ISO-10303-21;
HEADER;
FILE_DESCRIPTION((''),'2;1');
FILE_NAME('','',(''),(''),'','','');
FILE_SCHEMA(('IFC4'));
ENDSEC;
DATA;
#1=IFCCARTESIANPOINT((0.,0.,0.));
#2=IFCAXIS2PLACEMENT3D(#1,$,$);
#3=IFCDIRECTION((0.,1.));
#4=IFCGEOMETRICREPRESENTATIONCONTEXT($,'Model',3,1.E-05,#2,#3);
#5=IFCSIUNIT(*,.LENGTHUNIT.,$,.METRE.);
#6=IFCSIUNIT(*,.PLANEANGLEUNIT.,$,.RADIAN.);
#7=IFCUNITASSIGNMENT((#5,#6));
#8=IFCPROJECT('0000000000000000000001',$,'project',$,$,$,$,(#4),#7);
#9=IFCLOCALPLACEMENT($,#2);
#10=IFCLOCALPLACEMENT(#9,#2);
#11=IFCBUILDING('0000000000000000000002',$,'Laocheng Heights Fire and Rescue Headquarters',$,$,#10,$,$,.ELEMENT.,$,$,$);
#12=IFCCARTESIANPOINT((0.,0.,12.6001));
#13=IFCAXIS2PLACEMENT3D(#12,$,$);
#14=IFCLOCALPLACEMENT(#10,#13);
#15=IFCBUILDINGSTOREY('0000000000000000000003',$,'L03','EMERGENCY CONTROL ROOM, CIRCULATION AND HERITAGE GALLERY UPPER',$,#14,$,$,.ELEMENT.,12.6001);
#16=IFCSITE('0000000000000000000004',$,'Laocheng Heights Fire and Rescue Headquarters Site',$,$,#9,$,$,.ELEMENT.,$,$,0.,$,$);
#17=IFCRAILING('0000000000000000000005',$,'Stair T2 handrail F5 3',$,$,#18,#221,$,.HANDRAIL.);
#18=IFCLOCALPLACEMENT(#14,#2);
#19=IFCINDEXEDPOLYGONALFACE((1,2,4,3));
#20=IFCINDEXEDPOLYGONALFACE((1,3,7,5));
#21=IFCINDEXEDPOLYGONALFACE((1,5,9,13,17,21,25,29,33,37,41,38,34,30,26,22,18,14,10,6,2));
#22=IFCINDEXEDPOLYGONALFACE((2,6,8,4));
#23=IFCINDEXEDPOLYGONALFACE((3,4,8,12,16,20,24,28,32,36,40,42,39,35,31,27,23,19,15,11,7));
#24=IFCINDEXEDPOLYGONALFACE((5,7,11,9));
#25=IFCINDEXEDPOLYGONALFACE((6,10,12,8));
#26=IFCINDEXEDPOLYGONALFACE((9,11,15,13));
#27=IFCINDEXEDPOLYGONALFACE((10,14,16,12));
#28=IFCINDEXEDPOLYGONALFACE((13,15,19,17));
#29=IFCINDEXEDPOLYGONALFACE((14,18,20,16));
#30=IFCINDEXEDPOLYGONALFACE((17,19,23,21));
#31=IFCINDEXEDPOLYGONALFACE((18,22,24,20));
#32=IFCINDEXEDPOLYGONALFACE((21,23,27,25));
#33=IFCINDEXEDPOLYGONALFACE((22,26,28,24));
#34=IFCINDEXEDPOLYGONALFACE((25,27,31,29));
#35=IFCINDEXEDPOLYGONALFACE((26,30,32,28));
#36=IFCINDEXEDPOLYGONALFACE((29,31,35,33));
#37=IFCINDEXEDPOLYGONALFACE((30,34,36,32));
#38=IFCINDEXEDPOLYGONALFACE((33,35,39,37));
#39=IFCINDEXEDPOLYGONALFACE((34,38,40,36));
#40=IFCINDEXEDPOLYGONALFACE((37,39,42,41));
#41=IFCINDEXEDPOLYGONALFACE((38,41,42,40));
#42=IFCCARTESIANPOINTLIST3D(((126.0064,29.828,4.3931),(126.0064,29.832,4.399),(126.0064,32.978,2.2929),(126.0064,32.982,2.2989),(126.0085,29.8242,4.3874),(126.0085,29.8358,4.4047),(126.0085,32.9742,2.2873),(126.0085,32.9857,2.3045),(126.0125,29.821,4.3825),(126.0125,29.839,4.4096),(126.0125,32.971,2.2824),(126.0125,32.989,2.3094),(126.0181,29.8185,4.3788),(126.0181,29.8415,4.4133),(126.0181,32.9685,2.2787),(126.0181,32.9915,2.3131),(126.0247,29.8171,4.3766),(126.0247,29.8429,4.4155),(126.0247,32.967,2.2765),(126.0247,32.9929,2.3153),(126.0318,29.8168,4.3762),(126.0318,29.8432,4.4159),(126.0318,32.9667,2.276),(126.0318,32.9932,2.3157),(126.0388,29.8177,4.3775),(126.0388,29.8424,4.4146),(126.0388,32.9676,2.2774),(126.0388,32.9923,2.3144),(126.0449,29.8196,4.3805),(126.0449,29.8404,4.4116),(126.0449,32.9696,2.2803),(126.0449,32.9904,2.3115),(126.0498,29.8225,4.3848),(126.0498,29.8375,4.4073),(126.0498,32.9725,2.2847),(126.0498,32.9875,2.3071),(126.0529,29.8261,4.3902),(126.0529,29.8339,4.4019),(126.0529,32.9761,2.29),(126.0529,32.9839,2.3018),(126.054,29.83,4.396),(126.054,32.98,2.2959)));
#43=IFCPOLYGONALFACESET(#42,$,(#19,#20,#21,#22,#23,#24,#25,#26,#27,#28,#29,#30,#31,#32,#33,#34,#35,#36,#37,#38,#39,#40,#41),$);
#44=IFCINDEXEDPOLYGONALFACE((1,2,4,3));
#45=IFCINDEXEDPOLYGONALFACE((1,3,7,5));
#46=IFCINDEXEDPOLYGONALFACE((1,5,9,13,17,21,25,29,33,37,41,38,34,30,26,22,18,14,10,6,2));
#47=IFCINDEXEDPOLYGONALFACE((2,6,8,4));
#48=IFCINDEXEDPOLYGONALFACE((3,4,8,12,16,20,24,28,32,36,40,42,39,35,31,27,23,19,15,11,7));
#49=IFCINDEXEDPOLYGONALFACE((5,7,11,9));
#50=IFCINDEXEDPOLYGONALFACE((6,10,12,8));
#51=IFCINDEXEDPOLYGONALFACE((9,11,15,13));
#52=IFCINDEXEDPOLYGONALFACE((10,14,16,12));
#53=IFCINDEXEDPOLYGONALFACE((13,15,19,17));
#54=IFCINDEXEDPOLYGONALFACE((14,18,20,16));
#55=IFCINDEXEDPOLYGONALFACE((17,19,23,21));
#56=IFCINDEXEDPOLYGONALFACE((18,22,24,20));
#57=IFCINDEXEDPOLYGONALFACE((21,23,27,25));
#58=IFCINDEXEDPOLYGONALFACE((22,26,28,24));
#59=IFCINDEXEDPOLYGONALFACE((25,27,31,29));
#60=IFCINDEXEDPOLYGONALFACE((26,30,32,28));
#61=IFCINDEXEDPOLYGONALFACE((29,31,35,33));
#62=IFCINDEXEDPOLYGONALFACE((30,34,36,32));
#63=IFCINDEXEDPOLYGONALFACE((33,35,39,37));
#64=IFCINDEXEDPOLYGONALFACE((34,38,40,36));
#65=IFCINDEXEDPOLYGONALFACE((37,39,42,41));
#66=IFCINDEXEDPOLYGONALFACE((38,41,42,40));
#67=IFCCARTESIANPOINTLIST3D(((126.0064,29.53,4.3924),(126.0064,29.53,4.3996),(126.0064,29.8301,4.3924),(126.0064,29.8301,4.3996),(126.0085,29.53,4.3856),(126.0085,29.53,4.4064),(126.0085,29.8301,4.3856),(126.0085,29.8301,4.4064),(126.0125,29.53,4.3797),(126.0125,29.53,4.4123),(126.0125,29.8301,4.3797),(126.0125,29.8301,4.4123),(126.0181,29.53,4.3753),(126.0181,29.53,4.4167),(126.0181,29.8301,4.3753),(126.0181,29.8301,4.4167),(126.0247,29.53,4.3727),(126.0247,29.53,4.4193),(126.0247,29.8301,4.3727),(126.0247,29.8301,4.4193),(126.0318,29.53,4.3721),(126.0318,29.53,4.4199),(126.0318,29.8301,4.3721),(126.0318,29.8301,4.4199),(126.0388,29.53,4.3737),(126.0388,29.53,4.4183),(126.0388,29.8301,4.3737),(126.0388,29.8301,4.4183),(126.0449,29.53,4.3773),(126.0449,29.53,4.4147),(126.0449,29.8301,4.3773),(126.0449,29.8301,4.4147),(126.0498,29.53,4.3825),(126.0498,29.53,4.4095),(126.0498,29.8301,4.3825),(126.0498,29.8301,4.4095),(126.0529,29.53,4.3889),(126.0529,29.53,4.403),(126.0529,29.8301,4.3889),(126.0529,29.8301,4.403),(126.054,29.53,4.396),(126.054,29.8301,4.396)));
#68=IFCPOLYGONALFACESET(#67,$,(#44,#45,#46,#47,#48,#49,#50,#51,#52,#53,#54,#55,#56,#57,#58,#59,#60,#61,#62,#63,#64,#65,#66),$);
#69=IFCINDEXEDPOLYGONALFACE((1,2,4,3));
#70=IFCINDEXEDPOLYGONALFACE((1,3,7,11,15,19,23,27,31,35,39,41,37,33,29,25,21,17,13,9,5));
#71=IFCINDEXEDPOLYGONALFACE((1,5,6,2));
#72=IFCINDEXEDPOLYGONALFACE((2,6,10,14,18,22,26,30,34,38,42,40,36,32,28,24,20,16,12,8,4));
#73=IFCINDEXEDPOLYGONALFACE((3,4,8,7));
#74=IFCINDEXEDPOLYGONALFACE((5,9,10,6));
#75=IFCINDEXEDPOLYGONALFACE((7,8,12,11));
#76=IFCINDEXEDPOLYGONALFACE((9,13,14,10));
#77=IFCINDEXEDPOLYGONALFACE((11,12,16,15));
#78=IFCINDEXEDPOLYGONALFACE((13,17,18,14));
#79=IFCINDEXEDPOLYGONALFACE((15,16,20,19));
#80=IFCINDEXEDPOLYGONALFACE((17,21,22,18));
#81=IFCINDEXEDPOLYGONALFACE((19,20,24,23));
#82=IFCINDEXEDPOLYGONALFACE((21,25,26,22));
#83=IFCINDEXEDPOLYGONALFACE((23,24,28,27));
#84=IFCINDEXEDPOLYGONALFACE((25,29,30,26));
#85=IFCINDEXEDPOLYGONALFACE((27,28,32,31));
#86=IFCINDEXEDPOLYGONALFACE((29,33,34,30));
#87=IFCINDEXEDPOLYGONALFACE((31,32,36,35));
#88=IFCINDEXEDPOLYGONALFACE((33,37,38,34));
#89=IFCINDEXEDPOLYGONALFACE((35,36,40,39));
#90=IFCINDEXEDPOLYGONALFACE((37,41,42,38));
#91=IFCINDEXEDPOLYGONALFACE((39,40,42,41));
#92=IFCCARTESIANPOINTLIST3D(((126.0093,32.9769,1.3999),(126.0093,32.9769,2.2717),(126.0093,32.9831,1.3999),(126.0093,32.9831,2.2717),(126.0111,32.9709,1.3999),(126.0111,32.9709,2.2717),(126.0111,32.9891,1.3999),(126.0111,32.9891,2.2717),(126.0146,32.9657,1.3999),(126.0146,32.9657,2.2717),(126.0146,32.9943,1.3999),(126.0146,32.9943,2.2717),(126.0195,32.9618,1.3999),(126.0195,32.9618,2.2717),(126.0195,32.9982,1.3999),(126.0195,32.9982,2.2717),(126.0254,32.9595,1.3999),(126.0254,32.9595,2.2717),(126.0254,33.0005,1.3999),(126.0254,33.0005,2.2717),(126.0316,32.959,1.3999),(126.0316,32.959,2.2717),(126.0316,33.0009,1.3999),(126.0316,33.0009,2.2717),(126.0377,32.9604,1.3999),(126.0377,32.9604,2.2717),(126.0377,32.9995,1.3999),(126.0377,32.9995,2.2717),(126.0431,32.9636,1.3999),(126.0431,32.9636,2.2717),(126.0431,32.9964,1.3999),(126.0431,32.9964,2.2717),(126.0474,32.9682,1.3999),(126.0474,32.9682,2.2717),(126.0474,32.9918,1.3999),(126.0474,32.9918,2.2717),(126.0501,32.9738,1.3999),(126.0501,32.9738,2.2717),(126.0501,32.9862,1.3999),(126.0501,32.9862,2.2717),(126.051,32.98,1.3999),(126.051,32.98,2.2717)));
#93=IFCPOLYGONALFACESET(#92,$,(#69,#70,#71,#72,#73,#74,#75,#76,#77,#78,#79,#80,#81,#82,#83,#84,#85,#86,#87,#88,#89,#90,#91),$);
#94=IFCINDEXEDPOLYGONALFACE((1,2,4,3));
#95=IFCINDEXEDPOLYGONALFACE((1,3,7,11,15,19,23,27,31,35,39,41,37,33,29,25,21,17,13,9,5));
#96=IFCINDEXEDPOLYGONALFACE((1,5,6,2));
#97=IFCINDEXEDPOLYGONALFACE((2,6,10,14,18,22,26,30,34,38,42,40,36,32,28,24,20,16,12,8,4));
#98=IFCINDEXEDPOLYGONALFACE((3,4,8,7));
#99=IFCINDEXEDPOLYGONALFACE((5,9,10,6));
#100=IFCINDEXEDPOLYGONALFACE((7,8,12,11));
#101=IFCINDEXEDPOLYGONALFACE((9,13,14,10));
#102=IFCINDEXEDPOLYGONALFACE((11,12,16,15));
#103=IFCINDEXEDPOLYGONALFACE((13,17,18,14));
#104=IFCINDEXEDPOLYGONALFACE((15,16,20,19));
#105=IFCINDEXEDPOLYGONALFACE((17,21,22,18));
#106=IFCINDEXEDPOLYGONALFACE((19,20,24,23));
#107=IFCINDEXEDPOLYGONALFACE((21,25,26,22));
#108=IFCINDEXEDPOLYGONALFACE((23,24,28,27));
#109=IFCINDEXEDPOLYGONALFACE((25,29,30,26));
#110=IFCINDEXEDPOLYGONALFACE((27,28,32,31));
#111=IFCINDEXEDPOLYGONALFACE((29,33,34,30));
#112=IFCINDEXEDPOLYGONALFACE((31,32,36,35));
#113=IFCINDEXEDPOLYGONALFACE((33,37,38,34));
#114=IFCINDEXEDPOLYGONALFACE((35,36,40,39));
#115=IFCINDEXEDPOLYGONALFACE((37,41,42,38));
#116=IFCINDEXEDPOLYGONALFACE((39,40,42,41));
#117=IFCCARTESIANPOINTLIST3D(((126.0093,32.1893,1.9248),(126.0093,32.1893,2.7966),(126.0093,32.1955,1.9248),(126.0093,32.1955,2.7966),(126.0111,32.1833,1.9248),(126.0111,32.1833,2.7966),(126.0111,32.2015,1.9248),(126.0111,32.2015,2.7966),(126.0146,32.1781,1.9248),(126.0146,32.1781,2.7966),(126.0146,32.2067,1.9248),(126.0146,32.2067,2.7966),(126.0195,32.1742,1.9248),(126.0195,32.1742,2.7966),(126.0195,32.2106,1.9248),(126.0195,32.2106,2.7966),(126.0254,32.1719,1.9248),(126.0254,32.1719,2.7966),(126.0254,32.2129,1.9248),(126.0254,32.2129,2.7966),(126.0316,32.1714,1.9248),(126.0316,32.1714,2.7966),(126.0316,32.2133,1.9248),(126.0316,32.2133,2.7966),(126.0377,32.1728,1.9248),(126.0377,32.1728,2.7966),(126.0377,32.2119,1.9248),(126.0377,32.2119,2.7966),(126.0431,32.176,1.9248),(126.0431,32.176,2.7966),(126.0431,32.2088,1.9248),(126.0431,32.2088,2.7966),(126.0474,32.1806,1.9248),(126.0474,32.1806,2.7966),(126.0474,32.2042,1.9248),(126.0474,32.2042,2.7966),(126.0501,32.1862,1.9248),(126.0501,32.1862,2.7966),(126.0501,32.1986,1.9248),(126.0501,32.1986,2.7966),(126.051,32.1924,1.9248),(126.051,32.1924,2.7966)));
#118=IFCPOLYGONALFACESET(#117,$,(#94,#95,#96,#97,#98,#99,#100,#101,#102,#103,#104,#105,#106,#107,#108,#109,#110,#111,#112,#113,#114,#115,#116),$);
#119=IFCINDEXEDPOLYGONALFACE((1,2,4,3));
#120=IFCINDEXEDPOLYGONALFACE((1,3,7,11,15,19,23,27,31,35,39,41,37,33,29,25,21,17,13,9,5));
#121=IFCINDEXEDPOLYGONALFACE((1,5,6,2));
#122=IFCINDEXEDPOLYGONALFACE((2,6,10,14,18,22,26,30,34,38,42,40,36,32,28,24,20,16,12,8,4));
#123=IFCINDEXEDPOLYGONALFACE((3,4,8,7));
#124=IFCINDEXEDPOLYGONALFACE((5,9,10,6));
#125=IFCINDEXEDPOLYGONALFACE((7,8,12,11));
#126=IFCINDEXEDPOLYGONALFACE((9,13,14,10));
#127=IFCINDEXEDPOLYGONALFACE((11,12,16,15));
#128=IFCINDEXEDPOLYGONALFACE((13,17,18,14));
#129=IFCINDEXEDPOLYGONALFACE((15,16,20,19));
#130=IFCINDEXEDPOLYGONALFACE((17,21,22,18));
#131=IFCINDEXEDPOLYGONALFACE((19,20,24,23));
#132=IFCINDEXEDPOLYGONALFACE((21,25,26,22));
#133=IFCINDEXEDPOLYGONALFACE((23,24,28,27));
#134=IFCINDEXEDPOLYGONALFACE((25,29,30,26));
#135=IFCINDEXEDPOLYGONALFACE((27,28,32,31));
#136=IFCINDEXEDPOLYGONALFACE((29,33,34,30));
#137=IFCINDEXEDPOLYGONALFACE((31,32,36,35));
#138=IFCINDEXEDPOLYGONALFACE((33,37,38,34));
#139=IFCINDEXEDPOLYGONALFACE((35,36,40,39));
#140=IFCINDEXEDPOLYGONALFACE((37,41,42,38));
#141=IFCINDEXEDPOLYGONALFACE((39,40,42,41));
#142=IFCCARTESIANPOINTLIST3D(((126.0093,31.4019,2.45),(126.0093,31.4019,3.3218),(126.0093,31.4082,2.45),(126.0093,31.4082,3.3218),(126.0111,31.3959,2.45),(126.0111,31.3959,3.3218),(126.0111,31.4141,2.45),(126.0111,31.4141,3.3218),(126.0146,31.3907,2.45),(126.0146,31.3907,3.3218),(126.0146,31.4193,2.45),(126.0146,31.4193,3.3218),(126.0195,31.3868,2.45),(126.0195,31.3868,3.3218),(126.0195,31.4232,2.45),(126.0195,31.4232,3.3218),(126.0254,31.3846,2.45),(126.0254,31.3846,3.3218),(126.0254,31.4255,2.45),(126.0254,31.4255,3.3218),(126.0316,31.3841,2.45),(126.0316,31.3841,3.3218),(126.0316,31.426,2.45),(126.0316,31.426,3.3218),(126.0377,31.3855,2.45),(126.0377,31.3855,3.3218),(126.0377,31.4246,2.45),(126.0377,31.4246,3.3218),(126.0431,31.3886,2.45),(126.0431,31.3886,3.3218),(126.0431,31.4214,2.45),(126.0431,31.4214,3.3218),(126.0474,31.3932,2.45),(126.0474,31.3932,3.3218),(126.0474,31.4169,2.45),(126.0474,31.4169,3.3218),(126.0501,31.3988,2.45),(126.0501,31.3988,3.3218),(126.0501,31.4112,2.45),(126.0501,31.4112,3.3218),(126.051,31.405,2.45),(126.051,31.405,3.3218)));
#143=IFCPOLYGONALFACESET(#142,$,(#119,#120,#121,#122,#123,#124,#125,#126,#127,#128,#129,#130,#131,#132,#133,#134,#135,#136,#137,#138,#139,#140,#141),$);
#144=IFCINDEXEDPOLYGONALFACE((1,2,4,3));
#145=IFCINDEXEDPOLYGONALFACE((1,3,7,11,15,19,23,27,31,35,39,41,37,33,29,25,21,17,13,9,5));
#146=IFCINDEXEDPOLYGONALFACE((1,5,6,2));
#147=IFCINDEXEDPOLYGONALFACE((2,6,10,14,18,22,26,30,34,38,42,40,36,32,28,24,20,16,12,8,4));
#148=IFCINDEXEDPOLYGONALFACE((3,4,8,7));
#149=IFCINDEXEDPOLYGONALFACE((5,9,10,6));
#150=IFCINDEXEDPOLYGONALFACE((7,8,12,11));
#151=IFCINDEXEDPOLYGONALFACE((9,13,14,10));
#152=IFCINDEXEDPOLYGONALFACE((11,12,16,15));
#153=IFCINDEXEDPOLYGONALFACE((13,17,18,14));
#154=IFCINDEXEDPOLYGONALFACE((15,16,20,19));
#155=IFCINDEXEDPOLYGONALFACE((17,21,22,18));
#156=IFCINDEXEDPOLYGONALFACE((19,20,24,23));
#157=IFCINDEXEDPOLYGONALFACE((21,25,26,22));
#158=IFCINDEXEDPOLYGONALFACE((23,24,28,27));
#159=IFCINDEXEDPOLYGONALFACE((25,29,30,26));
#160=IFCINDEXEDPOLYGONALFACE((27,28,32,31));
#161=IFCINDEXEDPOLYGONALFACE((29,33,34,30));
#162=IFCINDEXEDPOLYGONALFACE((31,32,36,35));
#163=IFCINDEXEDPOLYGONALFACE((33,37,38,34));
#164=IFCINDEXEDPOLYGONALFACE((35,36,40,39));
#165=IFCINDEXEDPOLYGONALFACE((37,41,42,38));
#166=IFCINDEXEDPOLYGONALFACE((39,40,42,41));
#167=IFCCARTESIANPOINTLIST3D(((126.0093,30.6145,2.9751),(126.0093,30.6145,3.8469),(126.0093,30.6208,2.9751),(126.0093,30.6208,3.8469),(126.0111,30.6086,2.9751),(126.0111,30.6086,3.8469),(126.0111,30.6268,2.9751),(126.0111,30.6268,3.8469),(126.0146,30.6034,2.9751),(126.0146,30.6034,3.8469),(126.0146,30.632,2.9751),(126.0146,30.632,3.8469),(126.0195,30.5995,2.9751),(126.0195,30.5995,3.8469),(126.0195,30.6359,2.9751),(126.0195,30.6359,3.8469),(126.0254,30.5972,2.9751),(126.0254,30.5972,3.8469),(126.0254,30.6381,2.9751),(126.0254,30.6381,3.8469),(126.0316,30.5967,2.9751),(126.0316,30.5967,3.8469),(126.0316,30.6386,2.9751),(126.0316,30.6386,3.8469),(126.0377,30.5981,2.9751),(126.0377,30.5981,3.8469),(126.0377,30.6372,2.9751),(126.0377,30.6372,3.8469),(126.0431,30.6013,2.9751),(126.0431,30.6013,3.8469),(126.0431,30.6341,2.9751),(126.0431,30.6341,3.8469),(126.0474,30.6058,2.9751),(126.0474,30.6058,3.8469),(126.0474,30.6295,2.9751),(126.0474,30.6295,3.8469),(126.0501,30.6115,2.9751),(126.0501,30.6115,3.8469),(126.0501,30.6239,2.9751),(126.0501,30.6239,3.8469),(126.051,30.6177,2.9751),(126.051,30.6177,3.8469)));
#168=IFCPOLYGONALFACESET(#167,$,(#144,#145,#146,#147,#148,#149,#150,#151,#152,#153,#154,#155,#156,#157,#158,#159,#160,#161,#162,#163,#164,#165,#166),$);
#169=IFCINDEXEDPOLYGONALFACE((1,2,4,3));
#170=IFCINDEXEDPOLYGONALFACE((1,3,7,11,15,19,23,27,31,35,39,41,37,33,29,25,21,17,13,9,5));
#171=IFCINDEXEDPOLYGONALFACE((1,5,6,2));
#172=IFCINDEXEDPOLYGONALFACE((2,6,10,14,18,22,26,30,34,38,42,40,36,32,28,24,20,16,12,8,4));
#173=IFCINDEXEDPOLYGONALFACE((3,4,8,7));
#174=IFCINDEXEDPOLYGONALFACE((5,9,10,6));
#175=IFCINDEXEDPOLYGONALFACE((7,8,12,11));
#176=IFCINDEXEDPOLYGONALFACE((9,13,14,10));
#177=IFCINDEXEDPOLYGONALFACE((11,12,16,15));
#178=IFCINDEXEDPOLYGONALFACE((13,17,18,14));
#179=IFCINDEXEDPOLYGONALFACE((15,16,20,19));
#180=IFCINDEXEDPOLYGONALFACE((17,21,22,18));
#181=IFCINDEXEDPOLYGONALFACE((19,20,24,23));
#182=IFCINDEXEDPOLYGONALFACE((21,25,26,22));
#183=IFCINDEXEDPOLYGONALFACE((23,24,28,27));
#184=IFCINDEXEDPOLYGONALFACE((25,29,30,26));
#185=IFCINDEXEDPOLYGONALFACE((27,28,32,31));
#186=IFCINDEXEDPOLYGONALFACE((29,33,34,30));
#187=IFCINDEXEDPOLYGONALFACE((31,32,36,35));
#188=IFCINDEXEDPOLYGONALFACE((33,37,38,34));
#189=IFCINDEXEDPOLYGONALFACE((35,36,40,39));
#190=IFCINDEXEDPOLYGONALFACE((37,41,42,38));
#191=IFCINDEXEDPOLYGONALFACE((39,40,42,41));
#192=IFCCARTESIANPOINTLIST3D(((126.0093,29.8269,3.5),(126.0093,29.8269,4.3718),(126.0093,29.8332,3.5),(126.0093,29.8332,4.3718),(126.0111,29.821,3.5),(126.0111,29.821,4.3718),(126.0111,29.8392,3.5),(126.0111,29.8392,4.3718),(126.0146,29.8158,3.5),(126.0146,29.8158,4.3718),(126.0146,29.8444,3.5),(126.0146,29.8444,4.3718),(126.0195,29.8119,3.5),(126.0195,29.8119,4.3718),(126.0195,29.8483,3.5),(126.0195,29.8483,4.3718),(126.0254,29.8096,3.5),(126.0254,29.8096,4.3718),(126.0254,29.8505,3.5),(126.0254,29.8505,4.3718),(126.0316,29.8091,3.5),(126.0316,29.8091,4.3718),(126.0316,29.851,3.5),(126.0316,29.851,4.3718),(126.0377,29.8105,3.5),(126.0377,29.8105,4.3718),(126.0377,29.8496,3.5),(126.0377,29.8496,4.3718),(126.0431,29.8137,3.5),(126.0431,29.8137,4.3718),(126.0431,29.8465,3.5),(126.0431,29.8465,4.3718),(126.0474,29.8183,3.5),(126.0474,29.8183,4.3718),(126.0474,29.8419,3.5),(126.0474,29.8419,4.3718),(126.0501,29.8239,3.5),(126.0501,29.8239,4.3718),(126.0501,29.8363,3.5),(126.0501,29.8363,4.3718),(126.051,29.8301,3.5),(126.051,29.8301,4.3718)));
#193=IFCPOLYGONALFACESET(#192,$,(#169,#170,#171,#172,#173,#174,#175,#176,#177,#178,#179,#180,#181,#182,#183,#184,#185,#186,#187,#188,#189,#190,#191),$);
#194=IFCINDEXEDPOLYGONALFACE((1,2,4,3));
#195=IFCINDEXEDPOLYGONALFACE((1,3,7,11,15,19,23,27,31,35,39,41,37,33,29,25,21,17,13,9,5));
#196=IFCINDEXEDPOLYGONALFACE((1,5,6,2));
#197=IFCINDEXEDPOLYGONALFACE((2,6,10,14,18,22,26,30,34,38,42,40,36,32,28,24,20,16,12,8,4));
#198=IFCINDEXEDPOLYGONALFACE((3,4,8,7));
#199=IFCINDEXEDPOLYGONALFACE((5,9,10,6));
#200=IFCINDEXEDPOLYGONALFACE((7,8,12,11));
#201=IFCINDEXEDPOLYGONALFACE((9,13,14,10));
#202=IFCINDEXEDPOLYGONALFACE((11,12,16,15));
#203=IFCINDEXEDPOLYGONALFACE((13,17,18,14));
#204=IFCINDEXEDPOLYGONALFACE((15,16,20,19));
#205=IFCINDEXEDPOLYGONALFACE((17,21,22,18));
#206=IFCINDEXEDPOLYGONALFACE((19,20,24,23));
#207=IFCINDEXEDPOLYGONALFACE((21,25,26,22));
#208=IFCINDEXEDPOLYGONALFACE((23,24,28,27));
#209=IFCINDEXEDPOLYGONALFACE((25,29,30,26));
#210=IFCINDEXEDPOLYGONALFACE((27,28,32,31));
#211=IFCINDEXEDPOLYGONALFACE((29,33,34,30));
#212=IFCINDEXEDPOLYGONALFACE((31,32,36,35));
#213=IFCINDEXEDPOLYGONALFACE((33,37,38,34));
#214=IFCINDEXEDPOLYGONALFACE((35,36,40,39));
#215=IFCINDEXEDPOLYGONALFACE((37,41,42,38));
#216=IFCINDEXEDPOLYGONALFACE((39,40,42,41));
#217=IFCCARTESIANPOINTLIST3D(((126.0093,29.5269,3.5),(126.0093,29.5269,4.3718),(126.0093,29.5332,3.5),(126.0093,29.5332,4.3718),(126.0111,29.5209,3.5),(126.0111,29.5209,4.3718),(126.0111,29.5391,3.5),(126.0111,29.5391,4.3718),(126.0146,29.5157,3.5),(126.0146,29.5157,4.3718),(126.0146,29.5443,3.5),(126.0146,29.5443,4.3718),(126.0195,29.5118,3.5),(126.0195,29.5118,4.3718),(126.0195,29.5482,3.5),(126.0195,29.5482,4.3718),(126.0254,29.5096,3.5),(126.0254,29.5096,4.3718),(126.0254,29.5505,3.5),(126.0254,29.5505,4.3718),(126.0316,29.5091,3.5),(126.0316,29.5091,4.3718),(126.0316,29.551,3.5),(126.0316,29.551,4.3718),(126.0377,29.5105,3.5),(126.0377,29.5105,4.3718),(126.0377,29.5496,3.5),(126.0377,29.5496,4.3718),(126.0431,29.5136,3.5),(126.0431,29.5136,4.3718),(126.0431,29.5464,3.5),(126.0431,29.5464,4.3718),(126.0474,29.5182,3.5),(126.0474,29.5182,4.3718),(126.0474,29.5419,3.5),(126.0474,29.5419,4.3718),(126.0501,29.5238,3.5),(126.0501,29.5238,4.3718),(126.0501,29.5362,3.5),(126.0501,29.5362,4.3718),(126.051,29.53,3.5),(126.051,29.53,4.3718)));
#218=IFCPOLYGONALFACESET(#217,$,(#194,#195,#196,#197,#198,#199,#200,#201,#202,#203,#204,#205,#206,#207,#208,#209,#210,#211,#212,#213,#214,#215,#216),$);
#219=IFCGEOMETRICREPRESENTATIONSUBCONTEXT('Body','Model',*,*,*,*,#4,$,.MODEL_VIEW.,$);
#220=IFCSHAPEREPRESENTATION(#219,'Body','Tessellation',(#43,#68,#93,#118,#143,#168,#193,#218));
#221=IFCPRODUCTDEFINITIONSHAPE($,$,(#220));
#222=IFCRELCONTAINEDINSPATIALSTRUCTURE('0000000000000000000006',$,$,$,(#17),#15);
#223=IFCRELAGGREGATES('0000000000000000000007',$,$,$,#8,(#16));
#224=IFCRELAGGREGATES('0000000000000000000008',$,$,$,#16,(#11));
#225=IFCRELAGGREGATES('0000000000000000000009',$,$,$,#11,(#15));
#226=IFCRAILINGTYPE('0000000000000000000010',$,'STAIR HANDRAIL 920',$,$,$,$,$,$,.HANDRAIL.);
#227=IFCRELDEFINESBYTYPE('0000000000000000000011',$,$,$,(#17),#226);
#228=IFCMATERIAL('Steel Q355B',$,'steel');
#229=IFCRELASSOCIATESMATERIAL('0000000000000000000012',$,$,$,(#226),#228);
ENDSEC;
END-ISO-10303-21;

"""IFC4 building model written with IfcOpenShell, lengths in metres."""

from ifc_helpers import new_model, si_unit, direction, frame, origin, origin_2d, place, context, subcontext, project, spatial, circle, extrude, material, type_object, element, save


model = new_model("IFC4")

# Units and contexts
model_context = context("Model", 3, precision=1e-05, world=origin(), true_north=direction((0.0, 1.0)))
body_context = subcontext(model_context, "Body", "Model", "MODEL_VIEW")
ifc_project = project(units=[si_unit("LENGTHUNIT", "METRE"), si_unit("PLANEANGLEUNIT", "RADIAN")], contexts=[model_context])

# Site, building, storey
site_placement = place(None, origin())
site = spatial("IfcSite", under=ifc_project, at=site_placement, Name="Laocheng Heights Fire and Rescue Headquarters Site", CompositionType="ELEMENT", RefElevation=0.0)
building_placement = place(site_placement, origin())
building = spatial("IfcBuilding", under=site, at=building_placement, Name="Laocheng Heights Fire and Rescue Headquarters", CompositionType="ELEMENT")
storey_placement = place(building_placement, frame((0.0, 0.0, 12.6001)))
storey = spatial("IfcBuildingStorey", under=building, at=storey_placement, Name="L03", Description="EMERGENCY CONTROL ROOM, CIRCULATION AND HERITAGE GALLERY UPPER", CompositionType="ELEMENT", Elevation=12.6001)

# Railing
ifc_material_1 = material(Name="Steel Q355B", Category="steel")
railing_type_1 = type_object("IfcRailingType", Name="STAIR HANDRAIL 920", PredefinedType="HANDRAIL", material=ifc_material_1)
railing_1_placement = place(storey_placement, frame((126.03, 32.98, 1.3999)))
element("IfcRailing", 1, at=railing_1_placement, inside=storey, type_object=railing_type_1, Name="Stair T2 handrail F5 3", PredefinedType="HANDRAIL", context=body_context, shape_type="SweptSolid", body=[
    extrude(circle(Radius=0.0239, at=origin_2d()), frame((0.0, 0.0, 0.896), z_axis=(0.0, -0.83203, 0.55473), x_axis=(1.0, 0.0, 0.0)), (0.0, 0.0, 1.0), 3.7859),
    extrude(circle(Radius=0.0239, at=origin_2d()), frame((0.0, -3.1499, 2.9961), z_axis=(0.0, -1.0, 0.0), x_axis=(1.0, 0.0, 0.0)), (0.0, 0.0, 1.0), 0.3),
    extrude(circle(Radius=0.021, at=origin_2d()), origin(), (0.0, 0.0, 1.0), 0.8718),
    extrude(circle(Radius=0.021, at=origin_2d()), frame((0.0, -0.7876, 0.5249)), (0.0, 0.0, 1.0), 0.8718),
    extrude(circle(Radius=0.021, at=origin_2d()), frame((0.0, -1.575, 1.05)), (0.0, 0.0, 1.0), 0.8718),
    extrude(circle(Radius=0.021, at=origin_2d()), frame((0.0, -2.3623, 1.5752)), (0.0, 0.0, 1.0), 0.8718),
    extrude(circle(Radius=0.021, at=origin_2d()), frame((0.0, -3.1499, 2.1001)), (0.0, 0.0, 1.0), 0.8718),
    extrude(circle(Radius=0.021, at=origin_2d()), frame((0.0, -3.45, 2.1001)), (0.0, 0.0, 1.0), 0.8718),
])

save(model, "model.ifc")
